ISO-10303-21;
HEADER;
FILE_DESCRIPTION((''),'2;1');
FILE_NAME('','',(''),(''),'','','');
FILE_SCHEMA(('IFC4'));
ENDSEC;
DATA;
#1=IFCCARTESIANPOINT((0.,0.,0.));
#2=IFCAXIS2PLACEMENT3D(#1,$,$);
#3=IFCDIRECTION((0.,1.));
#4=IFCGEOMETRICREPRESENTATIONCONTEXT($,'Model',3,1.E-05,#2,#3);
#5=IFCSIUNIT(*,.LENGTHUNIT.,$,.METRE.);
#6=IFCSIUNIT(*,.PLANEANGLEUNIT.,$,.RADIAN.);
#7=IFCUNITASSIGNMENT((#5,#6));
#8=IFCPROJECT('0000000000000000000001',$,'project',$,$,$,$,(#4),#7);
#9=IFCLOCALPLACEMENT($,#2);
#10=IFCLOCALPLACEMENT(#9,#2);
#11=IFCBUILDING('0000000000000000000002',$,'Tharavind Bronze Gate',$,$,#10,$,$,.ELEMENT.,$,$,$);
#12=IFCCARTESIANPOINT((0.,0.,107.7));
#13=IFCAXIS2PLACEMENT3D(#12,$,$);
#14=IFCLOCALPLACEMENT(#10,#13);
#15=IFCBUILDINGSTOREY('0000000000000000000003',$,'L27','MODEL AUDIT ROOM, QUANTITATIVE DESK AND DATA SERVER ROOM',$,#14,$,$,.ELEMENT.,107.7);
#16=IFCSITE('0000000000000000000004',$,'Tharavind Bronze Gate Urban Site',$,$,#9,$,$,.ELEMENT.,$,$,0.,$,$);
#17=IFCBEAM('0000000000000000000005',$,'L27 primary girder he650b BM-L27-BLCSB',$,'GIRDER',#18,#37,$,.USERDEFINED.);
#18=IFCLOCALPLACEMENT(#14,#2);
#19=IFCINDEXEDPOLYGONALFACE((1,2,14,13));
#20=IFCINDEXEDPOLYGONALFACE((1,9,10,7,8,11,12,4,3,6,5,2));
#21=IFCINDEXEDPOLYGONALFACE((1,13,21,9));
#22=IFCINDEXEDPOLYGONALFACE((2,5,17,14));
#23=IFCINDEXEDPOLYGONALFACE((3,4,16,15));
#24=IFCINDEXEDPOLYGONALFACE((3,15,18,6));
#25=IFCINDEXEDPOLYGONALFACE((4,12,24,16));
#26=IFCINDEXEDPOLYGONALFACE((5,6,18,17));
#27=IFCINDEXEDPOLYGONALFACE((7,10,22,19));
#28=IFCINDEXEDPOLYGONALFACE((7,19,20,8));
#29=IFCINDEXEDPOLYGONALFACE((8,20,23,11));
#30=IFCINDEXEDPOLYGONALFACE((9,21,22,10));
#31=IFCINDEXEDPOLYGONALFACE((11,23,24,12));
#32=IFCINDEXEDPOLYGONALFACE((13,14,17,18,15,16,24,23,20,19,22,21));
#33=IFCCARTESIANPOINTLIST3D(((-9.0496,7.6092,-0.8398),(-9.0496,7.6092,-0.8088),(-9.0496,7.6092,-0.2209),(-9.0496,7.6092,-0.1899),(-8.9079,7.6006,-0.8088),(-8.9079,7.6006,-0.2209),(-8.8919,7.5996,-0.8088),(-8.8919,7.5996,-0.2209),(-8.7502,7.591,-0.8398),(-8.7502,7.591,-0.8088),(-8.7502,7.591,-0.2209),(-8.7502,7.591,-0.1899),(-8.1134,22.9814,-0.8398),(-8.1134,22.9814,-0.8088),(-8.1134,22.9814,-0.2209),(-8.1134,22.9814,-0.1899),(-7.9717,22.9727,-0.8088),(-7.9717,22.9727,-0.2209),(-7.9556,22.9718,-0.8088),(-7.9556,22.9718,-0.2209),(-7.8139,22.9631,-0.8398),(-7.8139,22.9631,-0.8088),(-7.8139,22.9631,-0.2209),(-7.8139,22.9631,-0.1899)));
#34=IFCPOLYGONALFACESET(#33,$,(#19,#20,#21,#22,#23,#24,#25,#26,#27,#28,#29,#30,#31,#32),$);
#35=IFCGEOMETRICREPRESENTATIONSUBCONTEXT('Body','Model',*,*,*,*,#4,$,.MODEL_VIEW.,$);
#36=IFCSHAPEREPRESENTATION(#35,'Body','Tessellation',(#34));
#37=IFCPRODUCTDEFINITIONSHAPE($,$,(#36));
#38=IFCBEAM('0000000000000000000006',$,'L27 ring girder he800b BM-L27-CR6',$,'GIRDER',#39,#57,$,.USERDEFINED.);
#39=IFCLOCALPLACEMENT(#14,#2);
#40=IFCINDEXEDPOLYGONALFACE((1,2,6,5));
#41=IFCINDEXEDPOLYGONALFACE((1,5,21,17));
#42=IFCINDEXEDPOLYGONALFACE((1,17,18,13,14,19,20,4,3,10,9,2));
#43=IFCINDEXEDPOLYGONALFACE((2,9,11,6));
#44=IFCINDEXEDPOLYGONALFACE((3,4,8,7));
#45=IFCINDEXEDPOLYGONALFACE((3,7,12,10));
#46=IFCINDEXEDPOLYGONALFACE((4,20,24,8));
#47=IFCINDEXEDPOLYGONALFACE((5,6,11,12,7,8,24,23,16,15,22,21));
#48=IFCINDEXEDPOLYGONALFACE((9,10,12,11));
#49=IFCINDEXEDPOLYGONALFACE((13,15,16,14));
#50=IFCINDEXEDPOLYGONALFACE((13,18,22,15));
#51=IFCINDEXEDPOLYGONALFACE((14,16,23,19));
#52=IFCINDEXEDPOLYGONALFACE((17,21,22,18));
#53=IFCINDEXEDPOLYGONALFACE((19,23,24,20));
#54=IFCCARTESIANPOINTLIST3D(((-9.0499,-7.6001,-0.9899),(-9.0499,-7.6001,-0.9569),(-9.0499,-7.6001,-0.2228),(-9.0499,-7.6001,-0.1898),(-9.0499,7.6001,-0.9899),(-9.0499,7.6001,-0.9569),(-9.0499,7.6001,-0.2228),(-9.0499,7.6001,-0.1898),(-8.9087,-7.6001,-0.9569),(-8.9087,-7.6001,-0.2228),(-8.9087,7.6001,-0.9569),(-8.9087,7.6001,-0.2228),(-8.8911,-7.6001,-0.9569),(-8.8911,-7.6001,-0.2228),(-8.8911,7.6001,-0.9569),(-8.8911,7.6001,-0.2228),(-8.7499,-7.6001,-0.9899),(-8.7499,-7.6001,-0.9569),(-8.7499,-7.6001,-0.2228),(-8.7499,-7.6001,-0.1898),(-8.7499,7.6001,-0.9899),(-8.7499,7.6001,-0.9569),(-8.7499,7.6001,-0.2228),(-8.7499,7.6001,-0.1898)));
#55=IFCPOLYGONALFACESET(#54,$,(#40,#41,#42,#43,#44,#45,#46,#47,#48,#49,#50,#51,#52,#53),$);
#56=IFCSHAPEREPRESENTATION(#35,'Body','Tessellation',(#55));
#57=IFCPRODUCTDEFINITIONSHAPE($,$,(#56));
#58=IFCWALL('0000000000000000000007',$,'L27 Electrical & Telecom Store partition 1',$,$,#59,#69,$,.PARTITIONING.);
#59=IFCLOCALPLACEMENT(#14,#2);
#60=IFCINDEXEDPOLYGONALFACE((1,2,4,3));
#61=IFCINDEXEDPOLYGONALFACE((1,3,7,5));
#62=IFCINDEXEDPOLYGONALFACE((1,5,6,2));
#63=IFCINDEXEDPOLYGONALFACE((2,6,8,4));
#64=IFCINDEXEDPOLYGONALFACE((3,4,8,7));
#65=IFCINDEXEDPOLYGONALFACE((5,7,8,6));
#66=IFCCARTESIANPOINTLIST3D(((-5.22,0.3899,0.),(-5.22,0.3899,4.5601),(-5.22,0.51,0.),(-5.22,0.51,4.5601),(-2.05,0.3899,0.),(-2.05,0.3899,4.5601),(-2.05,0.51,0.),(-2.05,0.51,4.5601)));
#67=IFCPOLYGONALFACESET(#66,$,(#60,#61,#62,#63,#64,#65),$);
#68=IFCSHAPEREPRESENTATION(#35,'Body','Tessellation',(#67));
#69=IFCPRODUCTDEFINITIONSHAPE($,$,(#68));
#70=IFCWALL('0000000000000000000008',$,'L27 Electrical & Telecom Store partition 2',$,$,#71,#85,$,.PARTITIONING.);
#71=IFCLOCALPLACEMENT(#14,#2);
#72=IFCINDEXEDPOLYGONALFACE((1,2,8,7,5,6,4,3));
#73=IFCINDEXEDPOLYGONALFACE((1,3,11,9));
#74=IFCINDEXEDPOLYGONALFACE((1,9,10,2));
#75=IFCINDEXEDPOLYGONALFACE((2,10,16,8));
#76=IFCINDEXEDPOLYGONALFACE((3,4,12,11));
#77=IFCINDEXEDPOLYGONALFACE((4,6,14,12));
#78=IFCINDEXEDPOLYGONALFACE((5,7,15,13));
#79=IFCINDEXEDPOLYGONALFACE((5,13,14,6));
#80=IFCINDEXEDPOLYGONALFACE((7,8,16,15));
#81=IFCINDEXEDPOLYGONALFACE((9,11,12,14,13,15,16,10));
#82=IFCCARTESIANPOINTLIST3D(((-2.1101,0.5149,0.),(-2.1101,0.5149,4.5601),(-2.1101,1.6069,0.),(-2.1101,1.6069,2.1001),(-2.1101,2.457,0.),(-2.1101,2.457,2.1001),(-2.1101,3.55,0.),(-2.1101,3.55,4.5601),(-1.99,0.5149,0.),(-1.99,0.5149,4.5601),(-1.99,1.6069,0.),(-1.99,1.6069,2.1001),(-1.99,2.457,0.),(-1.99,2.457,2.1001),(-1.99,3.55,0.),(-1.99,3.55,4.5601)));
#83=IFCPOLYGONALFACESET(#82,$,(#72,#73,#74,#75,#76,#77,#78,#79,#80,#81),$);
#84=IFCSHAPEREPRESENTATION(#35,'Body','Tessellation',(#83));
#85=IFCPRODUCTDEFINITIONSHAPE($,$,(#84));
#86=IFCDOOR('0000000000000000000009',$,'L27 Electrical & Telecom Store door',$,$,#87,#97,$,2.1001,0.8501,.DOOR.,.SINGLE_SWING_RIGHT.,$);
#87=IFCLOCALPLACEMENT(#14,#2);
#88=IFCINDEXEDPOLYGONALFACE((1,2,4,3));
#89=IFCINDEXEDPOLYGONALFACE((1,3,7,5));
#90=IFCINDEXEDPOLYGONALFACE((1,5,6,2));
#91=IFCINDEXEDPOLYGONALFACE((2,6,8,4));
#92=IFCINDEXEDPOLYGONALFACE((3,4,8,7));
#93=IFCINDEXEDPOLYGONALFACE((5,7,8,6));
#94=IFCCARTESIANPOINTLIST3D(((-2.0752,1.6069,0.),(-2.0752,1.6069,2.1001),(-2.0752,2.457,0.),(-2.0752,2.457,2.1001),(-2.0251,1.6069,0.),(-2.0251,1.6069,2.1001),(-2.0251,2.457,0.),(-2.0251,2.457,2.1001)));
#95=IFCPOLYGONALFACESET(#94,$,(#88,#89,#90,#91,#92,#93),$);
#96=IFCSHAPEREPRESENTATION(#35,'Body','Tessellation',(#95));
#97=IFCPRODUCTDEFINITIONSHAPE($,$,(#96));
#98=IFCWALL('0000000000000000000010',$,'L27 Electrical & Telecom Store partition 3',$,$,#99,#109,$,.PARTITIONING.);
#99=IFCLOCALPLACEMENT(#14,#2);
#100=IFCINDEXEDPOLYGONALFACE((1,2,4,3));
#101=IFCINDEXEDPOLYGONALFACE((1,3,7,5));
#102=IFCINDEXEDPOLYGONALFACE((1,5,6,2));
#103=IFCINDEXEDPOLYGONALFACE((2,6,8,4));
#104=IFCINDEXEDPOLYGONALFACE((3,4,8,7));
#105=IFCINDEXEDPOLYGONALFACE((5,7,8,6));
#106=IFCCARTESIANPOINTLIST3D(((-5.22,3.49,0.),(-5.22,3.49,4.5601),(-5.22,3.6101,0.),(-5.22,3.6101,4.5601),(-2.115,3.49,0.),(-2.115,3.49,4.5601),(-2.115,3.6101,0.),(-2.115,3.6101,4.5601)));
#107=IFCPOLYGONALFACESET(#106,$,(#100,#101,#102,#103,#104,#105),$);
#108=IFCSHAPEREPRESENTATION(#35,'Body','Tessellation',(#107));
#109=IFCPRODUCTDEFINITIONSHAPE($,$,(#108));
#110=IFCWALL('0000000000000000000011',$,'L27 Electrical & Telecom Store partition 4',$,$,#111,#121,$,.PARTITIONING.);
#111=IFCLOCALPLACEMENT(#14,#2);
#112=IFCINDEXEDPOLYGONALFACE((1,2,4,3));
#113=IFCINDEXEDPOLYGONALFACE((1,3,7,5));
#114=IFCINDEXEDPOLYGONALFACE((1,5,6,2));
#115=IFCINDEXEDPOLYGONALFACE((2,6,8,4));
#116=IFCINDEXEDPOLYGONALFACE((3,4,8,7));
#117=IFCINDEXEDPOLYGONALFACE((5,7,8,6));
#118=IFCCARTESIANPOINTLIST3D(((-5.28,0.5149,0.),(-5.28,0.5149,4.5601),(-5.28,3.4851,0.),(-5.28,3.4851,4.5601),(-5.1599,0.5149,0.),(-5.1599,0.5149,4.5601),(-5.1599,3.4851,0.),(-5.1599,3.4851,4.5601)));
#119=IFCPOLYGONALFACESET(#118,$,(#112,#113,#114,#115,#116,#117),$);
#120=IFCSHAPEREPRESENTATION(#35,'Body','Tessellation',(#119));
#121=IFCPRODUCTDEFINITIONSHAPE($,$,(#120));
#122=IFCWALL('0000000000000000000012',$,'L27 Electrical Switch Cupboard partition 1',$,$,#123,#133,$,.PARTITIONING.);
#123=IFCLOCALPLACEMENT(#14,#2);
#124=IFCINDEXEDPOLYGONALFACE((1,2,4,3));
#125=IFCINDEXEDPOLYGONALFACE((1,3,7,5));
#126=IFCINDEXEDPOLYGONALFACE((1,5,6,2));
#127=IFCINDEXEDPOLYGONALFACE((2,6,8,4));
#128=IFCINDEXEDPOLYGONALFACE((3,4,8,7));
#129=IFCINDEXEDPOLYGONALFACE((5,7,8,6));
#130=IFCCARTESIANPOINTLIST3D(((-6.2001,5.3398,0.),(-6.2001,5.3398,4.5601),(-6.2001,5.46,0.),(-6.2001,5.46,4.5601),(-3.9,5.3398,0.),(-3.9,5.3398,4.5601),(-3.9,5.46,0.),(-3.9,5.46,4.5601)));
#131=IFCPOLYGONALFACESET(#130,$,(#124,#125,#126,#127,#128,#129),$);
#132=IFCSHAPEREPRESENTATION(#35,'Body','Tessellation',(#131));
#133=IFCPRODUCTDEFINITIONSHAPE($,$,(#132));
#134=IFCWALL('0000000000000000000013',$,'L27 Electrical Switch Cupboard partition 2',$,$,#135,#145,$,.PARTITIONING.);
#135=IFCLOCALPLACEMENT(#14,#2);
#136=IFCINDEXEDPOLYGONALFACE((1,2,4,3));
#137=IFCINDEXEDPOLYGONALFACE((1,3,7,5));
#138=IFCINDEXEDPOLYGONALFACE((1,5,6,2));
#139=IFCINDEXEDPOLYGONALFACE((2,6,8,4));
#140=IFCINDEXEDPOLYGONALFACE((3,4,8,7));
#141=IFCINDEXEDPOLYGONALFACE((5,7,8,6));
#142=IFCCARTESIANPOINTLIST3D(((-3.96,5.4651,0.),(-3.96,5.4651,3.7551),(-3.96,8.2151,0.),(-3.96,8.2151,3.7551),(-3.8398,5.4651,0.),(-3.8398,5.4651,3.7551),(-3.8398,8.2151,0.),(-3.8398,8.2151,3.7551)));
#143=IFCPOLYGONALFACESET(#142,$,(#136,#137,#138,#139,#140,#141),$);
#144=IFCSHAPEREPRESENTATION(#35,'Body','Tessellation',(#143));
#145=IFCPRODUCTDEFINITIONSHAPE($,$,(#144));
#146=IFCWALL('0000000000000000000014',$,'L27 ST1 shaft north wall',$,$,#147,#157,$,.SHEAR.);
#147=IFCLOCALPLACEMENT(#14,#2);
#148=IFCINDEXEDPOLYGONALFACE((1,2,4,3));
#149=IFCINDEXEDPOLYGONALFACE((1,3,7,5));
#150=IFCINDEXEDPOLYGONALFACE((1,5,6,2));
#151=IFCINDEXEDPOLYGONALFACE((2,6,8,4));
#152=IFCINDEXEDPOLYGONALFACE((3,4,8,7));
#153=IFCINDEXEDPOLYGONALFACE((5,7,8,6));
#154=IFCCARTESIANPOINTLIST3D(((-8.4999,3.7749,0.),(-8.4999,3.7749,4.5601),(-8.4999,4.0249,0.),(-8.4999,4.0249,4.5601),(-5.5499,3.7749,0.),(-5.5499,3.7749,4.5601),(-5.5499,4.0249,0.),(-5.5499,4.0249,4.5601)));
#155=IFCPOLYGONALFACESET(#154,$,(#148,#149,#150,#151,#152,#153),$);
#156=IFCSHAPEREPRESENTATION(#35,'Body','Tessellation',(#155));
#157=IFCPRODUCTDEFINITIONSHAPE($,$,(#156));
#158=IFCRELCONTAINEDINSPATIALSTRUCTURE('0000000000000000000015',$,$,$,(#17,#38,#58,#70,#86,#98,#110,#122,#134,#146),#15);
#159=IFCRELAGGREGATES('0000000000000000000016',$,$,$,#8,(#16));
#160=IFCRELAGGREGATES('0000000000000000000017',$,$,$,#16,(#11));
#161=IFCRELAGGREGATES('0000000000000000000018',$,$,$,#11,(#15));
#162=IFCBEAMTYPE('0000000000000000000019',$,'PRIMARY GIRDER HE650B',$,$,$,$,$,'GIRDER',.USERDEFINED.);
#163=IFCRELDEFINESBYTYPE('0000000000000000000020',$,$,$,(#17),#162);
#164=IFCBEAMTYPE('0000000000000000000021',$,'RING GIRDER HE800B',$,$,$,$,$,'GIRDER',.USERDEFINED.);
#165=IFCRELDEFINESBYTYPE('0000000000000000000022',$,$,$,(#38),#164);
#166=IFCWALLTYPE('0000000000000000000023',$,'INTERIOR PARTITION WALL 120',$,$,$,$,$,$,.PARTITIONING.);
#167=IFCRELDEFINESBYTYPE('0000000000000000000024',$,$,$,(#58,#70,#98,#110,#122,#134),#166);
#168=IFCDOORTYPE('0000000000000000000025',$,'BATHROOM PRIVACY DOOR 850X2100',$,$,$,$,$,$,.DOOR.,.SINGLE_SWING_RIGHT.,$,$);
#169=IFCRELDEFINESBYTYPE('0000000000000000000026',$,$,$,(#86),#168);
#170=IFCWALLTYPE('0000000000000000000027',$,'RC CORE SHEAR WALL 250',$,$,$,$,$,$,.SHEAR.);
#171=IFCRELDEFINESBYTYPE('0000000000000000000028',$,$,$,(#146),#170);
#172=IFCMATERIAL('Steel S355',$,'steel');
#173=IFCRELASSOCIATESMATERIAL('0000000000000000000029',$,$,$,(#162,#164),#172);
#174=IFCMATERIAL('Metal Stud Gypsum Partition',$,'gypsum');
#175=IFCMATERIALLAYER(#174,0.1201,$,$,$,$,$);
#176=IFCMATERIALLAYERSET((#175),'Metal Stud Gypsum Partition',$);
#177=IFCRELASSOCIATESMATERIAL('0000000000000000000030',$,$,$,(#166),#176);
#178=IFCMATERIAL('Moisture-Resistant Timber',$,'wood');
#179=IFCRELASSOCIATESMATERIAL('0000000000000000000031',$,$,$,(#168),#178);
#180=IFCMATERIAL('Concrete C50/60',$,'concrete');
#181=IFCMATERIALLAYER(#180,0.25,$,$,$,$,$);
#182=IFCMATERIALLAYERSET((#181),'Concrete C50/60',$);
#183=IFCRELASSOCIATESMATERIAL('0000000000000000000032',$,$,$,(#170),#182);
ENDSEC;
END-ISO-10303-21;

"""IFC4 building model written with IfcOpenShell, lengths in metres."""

from ifc_helpers import new_model, si_unit, direction, frame, frame_2d, origin, origin_2d, place, context, subcontext, project, spatial, rectangle, i_section, extrude, material, layer, layer_set, material_profile, profile_set, type_object, element, fill, save


model = new_model("IFC4")

# Units and contexts
model_context = context("Model", 3, precision=1e-05, world=origin(), true_north=direction((0.0, 1.0)))
body_context = subcontext(model_context, "Body", "Model", "MODEL_VIEW")
ifc_project = project(units=[si_unit("LENGTHUNIT", "METRE"), si_unit("PLANEANGLEUNIT", "RADIAN")], contexts=[model_context])

# Site, building, storey
site_placement = place(None, origin())
site = spatial("IfcSite", under=ifc_project, at=site_placement, Name="Tharavind Bronze Gate Urban Site", CompositionType="ELEMENT", RefElevation=0.0)
building_placement = place(site_placement, origin())
building = spatial("IfcBuilding", under=site, at=building_placement, Name="Tharavind Bronze Gate", CompositionType="ELEMENT")
storey_placement = place(building_placement, frame((0.0, 0.0, 107.7)))
storey = spatial("IfcBuildingStorey", under=building, at=storey_placement, Name="L27", Description="MODEL AUDIT ROOM, QUANTITATIVE DESK AND DATA SERVER ROOM", CompositionType="ELEMENT", Elevation=107.7)

# Beams
ifc_material_1 = material(Name="Steel S355", Category="steel")
ifc_material_profile_1 = material_profile(ifc_material_1, i_section(OverallWidth=0.3, OverallDepth=0.6499, WebThickness=0.0161, FlangeThickness=0.031, at=origin_2d()), Name="HE650B")
ifc_profile_set_1 = profile_set([ifc_material_profile_1], Name="Steel S355")
beam_type_1 = type_object("IfcBeamType", Name="PRIMARY GIRDER HE650B", ElementType="GIRDER", PredefinedType="USERDEFINED", material=ifc_profile_set_1)
beam_1_placement = place(storey_placement, frame((-8.8999, 7.6001, -0.5149), z_axis=(0.060795, 0.99815, 0.0), x_axis=(-0.99815, 0.060795, 0.0)))
element("IfcBeam", 1, at=beam_1_placement, inside=storey, type_object=beam_type_1, Name="L27 primary girder he650b BM-L27-BLCSB", ObjectType="GIRDER", PredefinedType="USERDEFINED", context=body_context, shape_type="SweptSolid", body=[
    extrude(i_section(OverallWidth=0.3, OverallDepth=0.6499, WebThickness=0.0161, FlangeThickness=0.031, at=origin_2d()), origin(), (0.0, 0.0, 1.0), 15.4006),
])
ifc_material_profile_2 = material_profile(ifc_material_1, i_section(OverallWidth=0.3, OverallDepth=0.8, WebThickness=0.0176, FlangeThickness=0.033, at=origin_2d()), Name="HE800B")
ifc_profile_set_2 = profile_set([ifc_material_profile_2], Name="Steel S355")
beam_type_2 = type_object("IfcBeamType", Name="RING GIRDER HE800B", ElementType="GIRDER", PredefinedType="USERDEFINED", material=ifc_profile_set_2)
beam_2_placement = place(storey_placement, frame((-8.8999, 7.6001, -0.5898), z_axis=(0.0, -1.0, 0.0), x_axis=(1.0, 0.0, 0.0)))
element("IfcBeam", 2, at=beam_2_placement, inside=storey, type_object=beam_type_2, Name="L27 ring girder he800b BM-L27-CR6", ObjectType="GIRDER", PredefinedType="USERDEFINED", context=body_context, shape_type="SweptSolid", body=[
    extrude(i_section(OverallWidth=0.3, OverallDepth=0.8, WebThickness=0.0176, FlangeThickness=0.033, at=origin_2d()), origin(), (0.0, 0.0, 1.0), 15.2002),
])

# Wall
ifc_material_2 = material(Name="Metal Stud Gypsum Partition", Category="gypsum")
ifc_layer_1 = layer(ifc_material_2, 0.1201)
ifc_layer_set_1 = layer_set([ifc_layer_1], Name="Metal Stud Gypsum Partition")
wall_type_1 = type_object("IfcWallType", Name="INTERIOR PARTITION WALL 120", PredefinedType="PARTITIONING", material=ifc_layer_set_1)
wall_1_placement = place(storey_placement, frame((-5.22, 0.45, 0.0), z_axis=(0.0, 0.0, 1.0), x_axis=(1.0, 0.0, 0.0)))
element("IfcWall", 3, at=wall_1_placement, inside=storey, type_object=wall_type_1, Name="L27 Electrical & Telecom Store partition 1", PredefinedType="PARTITIONING", context=body_context, shape_type="SweptSolid", body=[
    extrude(rectangle(XDim=3.1699, YDim=0.1201, at=frame_2d((1.585, 0.0))), origin(), (0.0, 0.0, 1.0), 4.5601),
])

# Wall, opening, door
wall_2_placement = place(storey_placement, frame((-2.05, 0.5149, 0.0), z_axis=(0.0, 0.0, 1.0), x_axis=(0.0, 1.0, 0.0)))
wall_2 = element("IfcWall", 4, at=wall_2_placement, inside=storey, type_object=wall_type_1, Name="L27 Electrical & Telecom Store partition 2", PredefinedType="PARTITIONING", context=body_context, shape_type="SweptSolid", body=[
    extrude(rectangle(XDim=3.0352, YDim=0.1201, at=frame_2d((1.5176, 0.0))), origin(), (0.0, 0.0, 1.0), 4.5601),
])
opening_1_placement = place(wall_2_placement, frame((1.092, 0.0, 0.0)))
opening_1 = element("IfcOpeningElement", 5, at=opening_1_placement, cuts=wall_2, PredefinedType="OPENING", context=body_context, shape_type="SweptSolid", body=[
    extrude(rectangle(XDim=0.8501, YDim=2.1001, at=frame_2d((0.425, 1.05))), frame((0.0, 0.0701, 0.0), z_axis=(0.0, -1.0, 0.0), x_axis=(1.0, 0.0, 0.0)), (0.0, 0.0, 1.0), 0.1401),
])
ifc_material_3 = material(Name="Moisture-Resistant Timber", Category="wood")
door_type_1 = type_object("IfcDoorType", Name="BATHROOM PRIVACY DOOR 850X2100", OperationType="SINGLE_SWING_RIGHT", PredefinedType="DOOR", material=ifc_material_3)
door_1_placement = place(opening_1_placement, frame((0.8501, 0.0, 0.0), z_axis=(0.0, 0.0, 1.0), x_axis=(-1.0, 0.0, 0.0)))
door_1 = element("IfcDoor", 6, at=door_1_placement, inside=storey, type_object=door_type_1, Name="L27 Electrical & Telecom Store door", OperationType="SINGLE_SWING_RIGHT", OverallHeight=2.1001, OverallWidth=0.8501, PredefinedType="DOOR", context=body_context, shape_type="SweptSolid", body=[
    extrude(rectangle(XDim=0.8501, YDim=2.1001, at=frame_2d((0.425, 1.05))), frame((0.0, 0.0249, 0.0), z_axis=(0.0, -1.0, 0.0), x_axis=(1.0, 0.0, 0.0)), (0.0, 0.0, 1.0), 0.05),
])
fill(opening_1, door_1)

# Walls
wall_3_placement = place(storey_placement, frame((-2.115, 3.55, 0.0), z_axis=(0.0, 0.0, 1.0), x_axis=(-1.0, 0.0, 0.0)))
element("IfcWall", 7, at=wall_3_placement, inside=storey, type_object=wall_type_1, Name="L27 Electrical & Telecom Store partition 3", PredefinedType="PARTITIONING", context=body_context, shape_type="SweptSolid", body=[
    extrude(rectangle(XDim=3.105, YDim=0.1201, at=frame_2d((1.5525, 0.0))), origin(), (0.0, 0.0, 1.0), 4.5601),
])
wall_4_placement = place(storey_placement, frame((-5.22, 3.4851, 0.0), z_axis=(0.0, 0.0, 1.0), x_axis=(0.0, -1.0, 0.0)))
element("IfcWall", 8, at=wall_4_placement, inside=storey, type_object=wall_type_1, Name="L27 Electrical & Telecom Store partition 4", PredefinedType="PARTITIONING", context=body_context, shape_type="SweptSolid", body=[
    extrude(rectangle(XDim=2.9702, YDim=0.1201, at=frame_2d((1.4851, 0.0))), origin(), (0.0, 0.0, 1.0), 4.5601),
])
wall_5_placement = place(storey_placement, frame((-6.2, 5.3999, 0.0), z_axis=(0.0, 0.0, 1.0), x_axis=(1.0, 0.0, 0.0)))
element("IfcWall", 9, at=wall_5_placement, inside=storey, type_object=wall_type_1, Name="L27 Electrical Switch Cupboard partition 1", PredefinedType="PARTITIONING", context=body_context, shape_type="SweptSolid", body=[
    extrude(rectangle(XDim=2.3, YDim=0.1201, at=frame_2d((1.1499, 0.0))), origin(), (0.0, 0.0, 1.0), 4.5601),
])
wall_6_placement = place(storey_placement, frame((-3.8999, 5.4651, 0.0), z_axis=(0.0, 0.0, 1.0), x_axis=(0.0, 1.0, 0.0)))
element("IfcWall", 10, at=wall_6_placement, inside=storey, type_object=wall_type_1, Name="L27 Electrical Switch Cupboard partition 2", PredefinedType="PARTITIONING", context=body_context, shape_type="SweptSolid", body=[
    extrude(rectangle(XDim=2.75, YDim=0.1201, at=frame_2d((1.375, 0.0))), origin(), (0.0, 0.0, 1.0), 3.7551),
])
ifc_material_4 = material(Name="Concrete C50/60", Category="concrete")
ifc_layer_2 = layer(ifc_material_4, 0.25)
ifc_layer_set_2 = layer_set([ifc_layer_2], Name="Concrete C50/60")
wall_type_2 = type_object("IfcWallType", Name="RC CORE SHEAR WALL 250", PredefinedType="SHEAR", material=ifc_layer_set_2)
wall_7_placement = place(storey_placement, frame((-8.5, 3.8999, 0.0), z_axis=(0.0, 0.0, 1.0), x_axis=(1.0, 0.0, 0.0)))
element("IfcWall", 11, at=wall_7_placement, inside=storey, type_object=wall_type_2, Name="L27 ST1 shaft north wall", PredefinedType="SHEAR", context=body_context, shape_type="SweptSolid", body=[
    extrude(rectangle(XDim=2.95, YDim=0.25, at=frame_2d((1.4751, 0.0))), origin(), (0.0, 0.0, 1.0), 4.5601),
])

save(model, "model.ifc")
